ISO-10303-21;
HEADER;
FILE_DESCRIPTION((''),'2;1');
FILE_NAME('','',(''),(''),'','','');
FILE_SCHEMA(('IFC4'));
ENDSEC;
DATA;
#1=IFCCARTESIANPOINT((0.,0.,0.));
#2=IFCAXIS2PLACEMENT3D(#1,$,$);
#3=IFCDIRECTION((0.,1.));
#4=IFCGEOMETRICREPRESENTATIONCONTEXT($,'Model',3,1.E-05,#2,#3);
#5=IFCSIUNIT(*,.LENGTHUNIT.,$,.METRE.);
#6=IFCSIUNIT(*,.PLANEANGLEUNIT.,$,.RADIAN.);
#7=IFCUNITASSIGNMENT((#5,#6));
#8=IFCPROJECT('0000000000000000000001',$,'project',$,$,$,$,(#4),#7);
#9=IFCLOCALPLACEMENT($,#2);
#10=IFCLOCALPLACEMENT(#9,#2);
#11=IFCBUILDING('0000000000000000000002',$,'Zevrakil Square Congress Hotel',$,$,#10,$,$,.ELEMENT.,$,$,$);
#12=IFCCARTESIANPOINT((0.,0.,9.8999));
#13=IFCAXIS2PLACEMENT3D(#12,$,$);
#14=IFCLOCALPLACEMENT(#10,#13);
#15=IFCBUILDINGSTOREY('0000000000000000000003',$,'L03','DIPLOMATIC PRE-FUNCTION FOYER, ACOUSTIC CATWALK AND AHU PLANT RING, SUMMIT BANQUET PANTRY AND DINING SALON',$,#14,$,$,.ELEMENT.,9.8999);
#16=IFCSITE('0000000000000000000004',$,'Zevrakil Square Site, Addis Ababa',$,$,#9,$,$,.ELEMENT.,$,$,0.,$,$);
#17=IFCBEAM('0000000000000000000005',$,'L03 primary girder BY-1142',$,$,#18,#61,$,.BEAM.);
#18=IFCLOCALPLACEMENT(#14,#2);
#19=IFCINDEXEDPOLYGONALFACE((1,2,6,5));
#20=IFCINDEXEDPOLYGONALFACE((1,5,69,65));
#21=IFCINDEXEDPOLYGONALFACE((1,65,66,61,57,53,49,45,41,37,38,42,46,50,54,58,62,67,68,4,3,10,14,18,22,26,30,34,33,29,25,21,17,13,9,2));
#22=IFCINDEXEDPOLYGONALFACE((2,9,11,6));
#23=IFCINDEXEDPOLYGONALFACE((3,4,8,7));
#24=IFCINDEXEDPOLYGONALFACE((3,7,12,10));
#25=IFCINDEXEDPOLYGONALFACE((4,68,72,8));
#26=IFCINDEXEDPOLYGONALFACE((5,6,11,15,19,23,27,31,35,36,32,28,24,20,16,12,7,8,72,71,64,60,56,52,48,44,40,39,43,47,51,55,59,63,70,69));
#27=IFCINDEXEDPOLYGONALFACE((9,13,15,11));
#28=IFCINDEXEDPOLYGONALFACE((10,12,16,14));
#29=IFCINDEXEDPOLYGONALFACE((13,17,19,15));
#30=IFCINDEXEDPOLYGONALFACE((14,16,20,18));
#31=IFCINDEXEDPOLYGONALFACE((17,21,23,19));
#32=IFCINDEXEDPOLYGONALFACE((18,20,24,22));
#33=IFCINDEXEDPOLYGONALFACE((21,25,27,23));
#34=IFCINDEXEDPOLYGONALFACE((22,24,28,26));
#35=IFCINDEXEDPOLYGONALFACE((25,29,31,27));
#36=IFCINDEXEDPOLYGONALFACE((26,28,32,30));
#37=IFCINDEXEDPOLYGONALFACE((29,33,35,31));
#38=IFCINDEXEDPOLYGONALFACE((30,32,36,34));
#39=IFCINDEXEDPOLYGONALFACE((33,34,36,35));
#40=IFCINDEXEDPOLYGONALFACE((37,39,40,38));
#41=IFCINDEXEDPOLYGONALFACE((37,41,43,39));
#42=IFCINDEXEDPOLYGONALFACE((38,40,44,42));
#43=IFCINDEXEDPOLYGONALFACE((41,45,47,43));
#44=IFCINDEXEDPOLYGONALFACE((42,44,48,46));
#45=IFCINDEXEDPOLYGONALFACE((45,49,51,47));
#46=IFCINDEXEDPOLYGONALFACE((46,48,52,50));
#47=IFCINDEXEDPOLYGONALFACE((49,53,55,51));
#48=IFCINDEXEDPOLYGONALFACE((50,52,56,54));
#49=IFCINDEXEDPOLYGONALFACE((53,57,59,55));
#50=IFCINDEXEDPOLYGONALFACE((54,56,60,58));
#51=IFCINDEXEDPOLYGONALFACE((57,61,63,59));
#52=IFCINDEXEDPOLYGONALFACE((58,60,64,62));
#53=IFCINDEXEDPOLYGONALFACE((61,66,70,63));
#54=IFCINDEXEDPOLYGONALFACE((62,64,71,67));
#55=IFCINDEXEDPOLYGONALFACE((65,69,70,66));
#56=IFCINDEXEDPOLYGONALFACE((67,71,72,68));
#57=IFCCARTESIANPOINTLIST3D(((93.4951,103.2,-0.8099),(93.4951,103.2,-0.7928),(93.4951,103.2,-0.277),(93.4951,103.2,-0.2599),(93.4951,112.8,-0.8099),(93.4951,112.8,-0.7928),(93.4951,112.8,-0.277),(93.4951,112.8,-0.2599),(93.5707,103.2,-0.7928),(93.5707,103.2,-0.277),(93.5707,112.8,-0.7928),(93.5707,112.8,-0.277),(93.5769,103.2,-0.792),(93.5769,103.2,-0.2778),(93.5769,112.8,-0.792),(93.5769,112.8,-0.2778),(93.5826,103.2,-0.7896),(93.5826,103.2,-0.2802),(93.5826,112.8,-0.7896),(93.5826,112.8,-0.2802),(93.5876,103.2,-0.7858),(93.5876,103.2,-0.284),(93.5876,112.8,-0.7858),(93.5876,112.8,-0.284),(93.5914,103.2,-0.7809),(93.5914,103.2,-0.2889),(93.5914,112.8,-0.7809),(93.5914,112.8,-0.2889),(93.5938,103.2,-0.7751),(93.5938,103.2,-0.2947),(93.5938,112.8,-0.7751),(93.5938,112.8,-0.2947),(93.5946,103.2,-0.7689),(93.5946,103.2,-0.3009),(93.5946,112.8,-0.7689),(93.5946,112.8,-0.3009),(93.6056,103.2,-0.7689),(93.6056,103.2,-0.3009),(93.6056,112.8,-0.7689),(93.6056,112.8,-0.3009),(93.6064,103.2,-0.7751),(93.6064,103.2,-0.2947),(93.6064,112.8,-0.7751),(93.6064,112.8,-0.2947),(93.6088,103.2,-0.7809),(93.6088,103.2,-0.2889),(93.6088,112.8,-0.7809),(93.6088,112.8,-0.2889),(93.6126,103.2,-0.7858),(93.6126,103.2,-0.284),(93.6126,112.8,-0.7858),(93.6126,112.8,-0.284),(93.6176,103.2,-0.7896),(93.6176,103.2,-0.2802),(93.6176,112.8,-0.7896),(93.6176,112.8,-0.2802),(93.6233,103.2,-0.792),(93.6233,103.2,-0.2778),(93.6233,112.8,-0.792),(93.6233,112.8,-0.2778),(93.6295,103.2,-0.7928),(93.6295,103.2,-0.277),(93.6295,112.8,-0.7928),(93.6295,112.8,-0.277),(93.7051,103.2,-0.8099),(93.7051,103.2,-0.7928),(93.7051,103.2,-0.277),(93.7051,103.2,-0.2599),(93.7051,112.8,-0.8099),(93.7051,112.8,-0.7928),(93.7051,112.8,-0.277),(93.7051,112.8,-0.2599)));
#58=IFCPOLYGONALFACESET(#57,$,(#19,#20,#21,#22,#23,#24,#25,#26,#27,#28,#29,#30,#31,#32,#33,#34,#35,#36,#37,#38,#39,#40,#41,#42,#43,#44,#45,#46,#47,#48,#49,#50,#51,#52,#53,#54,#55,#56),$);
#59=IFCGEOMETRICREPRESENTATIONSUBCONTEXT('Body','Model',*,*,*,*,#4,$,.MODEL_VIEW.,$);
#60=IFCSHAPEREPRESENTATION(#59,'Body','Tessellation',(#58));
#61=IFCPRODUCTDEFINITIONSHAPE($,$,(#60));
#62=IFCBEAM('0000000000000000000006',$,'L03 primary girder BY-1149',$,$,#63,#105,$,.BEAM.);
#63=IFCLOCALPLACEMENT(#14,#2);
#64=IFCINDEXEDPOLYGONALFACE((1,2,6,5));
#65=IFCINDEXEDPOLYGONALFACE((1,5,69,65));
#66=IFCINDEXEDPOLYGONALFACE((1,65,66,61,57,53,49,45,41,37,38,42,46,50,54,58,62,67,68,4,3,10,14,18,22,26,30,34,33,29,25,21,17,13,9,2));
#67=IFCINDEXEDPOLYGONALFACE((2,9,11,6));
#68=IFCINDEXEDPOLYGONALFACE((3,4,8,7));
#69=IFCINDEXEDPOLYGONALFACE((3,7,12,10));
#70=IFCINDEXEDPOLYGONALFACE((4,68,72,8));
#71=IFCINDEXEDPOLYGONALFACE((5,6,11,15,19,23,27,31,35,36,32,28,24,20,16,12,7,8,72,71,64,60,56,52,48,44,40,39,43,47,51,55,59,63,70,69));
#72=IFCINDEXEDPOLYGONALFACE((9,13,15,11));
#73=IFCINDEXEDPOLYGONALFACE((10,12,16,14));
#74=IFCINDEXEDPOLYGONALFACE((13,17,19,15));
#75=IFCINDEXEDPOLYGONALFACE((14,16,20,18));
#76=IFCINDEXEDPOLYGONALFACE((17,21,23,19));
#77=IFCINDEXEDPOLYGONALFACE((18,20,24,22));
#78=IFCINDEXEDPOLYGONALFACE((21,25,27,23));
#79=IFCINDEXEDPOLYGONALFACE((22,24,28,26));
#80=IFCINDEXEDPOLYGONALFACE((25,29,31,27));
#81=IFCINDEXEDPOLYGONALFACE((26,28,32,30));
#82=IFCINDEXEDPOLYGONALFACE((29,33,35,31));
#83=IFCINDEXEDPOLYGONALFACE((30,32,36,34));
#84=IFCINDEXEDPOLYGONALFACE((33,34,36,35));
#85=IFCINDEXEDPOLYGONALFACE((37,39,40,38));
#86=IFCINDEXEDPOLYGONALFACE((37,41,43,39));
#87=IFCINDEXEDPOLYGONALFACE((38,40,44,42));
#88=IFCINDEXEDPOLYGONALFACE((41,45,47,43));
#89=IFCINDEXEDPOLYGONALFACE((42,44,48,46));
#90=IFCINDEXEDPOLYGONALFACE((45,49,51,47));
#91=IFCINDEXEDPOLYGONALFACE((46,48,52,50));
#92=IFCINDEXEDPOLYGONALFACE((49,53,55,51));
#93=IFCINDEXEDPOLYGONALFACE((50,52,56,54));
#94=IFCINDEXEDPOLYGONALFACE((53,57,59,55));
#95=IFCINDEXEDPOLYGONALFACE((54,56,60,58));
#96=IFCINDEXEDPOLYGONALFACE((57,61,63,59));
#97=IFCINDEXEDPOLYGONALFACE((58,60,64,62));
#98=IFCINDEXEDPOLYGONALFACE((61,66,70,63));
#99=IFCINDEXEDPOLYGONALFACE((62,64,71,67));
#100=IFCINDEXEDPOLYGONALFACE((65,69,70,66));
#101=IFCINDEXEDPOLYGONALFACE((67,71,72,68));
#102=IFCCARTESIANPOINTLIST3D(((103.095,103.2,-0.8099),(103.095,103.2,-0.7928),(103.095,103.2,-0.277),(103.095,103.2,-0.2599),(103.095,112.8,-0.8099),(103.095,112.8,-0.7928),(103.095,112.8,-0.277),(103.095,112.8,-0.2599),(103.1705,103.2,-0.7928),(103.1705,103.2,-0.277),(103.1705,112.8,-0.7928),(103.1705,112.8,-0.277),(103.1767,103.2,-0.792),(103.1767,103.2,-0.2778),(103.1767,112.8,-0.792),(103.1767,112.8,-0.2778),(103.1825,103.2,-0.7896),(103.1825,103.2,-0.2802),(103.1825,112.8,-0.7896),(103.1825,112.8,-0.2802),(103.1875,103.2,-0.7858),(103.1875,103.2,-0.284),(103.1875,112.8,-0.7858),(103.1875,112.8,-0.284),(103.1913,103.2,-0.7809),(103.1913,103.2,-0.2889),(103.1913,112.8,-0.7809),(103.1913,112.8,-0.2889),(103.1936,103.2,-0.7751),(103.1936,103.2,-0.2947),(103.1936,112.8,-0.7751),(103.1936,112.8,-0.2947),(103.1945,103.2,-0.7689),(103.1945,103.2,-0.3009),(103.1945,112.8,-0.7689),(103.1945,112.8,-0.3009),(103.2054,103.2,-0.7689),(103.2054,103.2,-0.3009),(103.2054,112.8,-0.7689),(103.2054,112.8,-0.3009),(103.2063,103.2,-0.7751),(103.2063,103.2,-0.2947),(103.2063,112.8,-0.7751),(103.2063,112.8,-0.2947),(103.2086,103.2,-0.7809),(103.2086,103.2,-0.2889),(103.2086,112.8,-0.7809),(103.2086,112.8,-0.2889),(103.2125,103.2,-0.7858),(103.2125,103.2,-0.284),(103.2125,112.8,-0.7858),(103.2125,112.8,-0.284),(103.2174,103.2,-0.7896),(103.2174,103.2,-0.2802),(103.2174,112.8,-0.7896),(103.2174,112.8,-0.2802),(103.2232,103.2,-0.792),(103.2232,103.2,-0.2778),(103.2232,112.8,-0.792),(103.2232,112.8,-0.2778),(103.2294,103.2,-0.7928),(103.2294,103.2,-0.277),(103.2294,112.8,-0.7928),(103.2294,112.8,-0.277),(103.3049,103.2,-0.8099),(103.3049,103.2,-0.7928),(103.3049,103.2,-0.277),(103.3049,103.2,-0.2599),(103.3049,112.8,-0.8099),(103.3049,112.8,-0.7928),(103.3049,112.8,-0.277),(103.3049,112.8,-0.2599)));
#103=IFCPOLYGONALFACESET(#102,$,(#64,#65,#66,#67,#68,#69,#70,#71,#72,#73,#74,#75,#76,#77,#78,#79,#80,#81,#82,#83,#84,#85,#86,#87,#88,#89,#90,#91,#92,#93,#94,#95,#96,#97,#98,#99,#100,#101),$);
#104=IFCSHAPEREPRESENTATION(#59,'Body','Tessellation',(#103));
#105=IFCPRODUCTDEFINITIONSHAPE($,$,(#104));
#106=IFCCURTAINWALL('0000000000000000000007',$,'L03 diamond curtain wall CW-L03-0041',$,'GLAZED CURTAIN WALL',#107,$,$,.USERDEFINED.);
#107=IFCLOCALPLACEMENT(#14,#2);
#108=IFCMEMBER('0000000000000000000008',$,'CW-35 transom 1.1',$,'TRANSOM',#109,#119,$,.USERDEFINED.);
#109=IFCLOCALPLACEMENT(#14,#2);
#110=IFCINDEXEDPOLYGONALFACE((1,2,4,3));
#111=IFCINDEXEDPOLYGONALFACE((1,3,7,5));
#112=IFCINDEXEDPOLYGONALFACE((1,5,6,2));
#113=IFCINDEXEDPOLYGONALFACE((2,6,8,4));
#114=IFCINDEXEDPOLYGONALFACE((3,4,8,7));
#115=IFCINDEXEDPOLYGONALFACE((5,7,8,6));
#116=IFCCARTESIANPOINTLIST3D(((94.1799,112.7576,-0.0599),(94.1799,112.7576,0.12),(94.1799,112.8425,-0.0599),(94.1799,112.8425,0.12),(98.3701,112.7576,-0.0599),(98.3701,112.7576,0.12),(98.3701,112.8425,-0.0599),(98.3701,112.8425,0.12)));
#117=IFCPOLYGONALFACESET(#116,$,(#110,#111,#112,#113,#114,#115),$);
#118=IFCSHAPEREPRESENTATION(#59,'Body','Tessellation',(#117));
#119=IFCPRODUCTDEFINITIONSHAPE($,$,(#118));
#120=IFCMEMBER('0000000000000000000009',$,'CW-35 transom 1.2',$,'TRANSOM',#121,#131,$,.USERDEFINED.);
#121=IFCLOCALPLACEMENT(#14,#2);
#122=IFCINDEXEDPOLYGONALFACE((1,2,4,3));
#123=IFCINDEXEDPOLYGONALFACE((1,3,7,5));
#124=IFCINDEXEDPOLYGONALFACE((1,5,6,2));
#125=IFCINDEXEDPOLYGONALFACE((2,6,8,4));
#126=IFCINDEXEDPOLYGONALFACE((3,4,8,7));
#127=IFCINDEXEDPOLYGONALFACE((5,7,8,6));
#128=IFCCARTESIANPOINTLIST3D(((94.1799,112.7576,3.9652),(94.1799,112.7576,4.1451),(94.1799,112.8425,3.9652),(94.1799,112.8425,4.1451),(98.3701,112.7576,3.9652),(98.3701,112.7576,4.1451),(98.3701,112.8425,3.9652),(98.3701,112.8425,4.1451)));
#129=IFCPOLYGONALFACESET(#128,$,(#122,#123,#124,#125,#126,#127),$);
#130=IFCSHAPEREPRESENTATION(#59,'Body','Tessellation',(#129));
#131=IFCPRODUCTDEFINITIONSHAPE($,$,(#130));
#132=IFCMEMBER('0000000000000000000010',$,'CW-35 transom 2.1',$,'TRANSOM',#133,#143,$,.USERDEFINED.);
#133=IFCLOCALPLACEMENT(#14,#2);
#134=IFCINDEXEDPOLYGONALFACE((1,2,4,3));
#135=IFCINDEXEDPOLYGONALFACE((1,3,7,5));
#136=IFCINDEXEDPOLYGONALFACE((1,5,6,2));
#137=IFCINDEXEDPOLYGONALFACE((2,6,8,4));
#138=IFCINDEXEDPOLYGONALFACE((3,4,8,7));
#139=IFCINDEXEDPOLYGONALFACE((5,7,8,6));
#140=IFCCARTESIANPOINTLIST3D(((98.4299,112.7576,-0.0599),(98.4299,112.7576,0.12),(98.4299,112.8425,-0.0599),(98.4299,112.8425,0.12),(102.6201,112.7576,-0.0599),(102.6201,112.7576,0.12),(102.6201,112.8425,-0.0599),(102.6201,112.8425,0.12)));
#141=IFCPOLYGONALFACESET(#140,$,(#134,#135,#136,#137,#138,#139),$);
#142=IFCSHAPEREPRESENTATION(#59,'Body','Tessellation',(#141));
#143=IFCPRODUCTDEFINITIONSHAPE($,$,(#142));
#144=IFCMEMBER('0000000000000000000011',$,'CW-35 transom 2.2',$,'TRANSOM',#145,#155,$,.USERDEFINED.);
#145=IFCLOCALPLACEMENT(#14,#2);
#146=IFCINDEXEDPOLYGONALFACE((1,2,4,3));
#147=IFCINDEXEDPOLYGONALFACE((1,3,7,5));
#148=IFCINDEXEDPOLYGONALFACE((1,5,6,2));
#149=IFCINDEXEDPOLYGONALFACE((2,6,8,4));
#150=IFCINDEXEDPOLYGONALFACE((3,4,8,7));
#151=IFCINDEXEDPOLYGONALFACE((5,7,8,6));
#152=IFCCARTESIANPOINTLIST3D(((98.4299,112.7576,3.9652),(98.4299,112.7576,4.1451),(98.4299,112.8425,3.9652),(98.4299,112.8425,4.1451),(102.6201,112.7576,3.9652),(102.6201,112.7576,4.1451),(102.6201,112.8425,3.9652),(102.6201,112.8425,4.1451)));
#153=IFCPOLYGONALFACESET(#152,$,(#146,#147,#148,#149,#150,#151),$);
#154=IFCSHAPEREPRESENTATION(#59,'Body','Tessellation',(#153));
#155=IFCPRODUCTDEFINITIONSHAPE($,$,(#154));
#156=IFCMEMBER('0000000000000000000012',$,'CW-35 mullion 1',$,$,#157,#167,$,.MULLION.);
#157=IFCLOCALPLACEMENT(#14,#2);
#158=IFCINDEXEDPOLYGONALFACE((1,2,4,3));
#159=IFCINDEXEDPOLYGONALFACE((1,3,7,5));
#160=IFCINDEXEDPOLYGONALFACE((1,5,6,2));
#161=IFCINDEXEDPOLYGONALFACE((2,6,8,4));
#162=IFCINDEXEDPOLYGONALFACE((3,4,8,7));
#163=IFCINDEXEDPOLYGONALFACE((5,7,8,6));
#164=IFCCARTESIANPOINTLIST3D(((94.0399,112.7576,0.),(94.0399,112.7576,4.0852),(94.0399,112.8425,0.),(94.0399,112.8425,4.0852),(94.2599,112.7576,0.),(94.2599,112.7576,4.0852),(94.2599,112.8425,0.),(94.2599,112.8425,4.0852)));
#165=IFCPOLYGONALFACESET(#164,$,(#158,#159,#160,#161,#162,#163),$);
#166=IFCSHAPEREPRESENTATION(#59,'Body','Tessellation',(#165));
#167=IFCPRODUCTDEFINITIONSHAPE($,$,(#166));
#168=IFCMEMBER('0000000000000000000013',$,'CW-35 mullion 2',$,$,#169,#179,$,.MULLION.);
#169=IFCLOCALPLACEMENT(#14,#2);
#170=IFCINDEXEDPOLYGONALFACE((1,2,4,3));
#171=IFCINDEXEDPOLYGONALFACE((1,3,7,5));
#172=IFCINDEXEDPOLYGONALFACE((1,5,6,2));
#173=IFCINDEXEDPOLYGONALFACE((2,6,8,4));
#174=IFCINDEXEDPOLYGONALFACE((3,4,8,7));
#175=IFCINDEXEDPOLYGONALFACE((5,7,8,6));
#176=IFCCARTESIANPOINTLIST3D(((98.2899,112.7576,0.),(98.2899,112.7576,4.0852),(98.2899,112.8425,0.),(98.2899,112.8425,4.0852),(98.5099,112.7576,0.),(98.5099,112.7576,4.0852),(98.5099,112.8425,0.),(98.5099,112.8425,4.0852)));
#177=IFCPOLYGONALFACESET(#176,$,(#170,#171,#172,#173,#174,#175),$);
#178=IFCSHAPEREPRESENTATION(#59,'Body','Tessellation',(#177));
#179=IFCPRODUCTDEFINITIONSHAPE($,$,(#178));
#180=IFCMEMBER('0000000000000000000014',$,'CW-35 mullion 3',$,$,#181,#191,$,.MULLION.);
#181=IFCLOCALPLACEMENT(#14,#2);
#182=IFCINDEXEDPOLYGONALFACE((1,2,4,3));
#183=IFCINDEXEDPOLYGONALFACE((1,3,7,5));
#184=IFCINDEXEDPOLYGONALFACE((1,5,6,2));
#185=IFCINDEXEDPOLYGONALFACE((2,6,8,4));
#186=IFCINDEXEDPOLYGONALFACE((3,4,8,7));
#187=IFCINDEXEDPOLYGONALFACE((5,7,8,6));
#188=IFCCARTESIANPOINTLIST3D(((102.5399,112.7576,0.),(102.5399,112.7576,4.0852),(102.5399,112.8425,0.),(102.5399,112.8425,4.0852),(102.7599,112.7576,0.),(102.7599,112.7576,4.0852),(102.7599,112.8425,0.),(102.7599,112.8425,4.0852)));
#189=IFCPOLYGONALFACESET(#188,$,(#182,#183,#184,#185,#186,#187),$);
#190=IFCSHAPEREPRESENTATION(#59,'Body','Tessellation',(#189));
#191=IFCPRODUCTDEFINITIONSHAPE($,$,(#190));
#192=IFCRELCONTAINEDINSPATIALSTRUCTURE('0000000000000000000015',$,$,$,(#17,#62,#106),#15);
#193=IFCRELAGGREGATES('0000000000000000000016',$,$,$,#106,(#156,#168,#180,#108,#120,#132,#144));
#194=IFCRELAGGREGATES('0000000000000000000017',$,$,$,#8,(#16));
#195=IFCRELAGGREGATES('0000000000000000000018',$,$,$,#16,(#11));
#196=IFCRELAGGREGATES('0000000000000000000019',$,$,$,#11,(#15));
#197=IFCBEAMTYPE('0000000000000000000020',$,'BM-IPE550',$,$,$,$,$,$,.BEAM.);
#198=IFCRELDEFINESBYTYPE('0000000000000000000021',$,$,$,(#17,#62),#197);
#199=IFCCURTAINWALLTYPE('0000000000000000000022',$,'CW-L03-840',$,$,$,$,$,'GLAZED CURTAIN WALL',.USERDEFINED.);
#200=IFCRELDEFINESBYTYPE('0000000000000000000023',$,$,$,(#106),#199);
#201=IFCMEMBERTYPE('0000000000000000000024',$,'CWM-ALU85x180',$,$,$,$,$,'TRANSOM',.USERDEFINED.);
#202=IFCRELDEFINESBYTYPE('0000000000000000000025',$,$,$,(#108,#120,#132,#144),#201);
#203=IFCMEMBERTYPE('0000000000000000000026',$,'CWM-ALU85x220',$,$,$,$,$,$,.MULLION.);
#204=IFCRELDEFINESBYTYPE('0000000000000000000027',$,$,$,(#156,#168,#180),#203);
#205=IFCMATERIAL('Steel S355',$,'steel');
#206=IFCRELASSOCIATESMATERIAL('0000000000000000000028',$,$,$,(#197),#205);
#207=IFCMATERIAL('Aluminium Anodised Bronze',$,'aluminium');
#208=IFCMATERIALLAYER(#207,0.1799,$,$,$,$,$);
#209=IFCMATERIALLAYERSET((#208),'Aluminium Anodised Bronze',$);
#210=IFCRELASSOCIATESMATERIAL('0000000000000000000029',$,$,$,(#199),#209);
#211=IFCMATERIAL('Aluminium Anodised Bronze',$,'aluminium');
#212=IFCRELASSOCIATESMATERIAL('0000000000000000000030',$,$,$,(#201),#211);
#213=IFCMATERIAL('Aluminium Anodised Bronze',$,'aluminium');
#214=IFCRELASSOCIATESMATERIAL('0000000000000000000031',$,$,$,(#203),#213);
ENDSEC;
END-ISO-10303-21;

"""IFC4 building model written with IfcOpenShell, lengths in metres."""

from ifc_helpers import new_model, si_unit, direction, frame, origin, origin_2d, place, context, subcontext, project, spatial, rectangle, i_section, extrude, material, layer, layer_set, material_profile, profile_set, type_object, element, aggregate, save


model = new_model("IFC4")

# Units and contexts
model_context = context("Model", 3, precision=1e-05, world=origin(), true_north=direction((0.0, 1.0)))
body_context = subcontext(model_context, "Body", "Model", "MODEL_VIEW")
ifc_project = project(units=[si_unit("LENGTHUNIT", "METRE"), si_unit("PLANEANGLEUNIT", "RADIAN")], contexts=[model_context])

# Site, building, storey
site_placement = place(None, origin())
site = spatial("IfcSite", under=ifc_project, at=site_placement, Name="Zevrakil Square Site, Addis Ababa", CompositionType="ELEMENT", RefElevation=0.0)
building_placement = place(site_placement, origin())
building = spatial("IfcBuilding", under=site, at=building_placement, Name="Zevrakil Square Congress Hotel", CompositionType="ELEMENT")
storey_placement = place(building_placement, frame((0.0, 0.0, 9.8999)))
storey = spatial("IfcBuildingStorey", under=building, at=storey_placement, Name="L03", Description="DIPLOMATIC PRE-FUNCTION FOYER, ACOUSTIC CATWALK AND AHU PLANT RING, SUMMIT BANQUET PANTRY AND DINING SALON", CompositionType="ELEMENT", Elevation=9.8999)

# Beams
ifc_material_1 = material(Name="Steel S355", Category="steel")
ifc_material_profile_1 = material_profile(ifc_material_1, i_section(OverallWidth=0.21, OverallDepth=0.55, WebThickness=0.011, FlangeThickness=0.0171, FilletRadius=0.0239, at=origin_2d()), Name="IPE 550")
ifc_profile_set_1 = profile_set([ifc_material_profile_1], Name="Steel S355")
beam_type_1 = type_object("IfcBeamType", Name="BM-IPE550", PredefinedType="BEAM", material=ifc_profile_set_1)
for number, where, z_axis, x_axis, name in (
    (1, (93.6001, 103.2, -0.5349), (0.0, 1.0, 0.0), (-1.0, 0.0, 0.0), "L03 primary girder BY-1142"),
    (2, (103.2, 103.2, -0.5349), (0.0, 1.0, 0.0), (-1.0, 0.0, 0.0), "L03 primary girder BY-1149"),
):
    element("IfcBeam", number, at=place(storey_placement, frame(where, z_axis=z_axis, x_axis=x_axis)), inside=storey, type_object=beam_type_1, Name=name, PredefinedType="BEAM", context=body_context, shape_type="SweptSolid", body=[
        extrude(i_section(OverallWidth=0.21, OverallDepth=0.55, WebThickness=0.011, FlangeThickness=0.0171, FilletRadius=0.0239, at=origin_2d()), origin(), (0.0, 0.0, 1.0), 9.6001),
    ])

# Curtain wall, members
ifc_material_2 = material(Name="Aluminium Anodised Bronze", Category="aluminium")
ifc_layer_1 = layer(ifc_material_2, 0.1799)
ifc_layer_set_1 = layer_set([ifc_layer_1], Name="Aluminium Anodised Bronze")
curtain_wall_type = type_object("IfcCurtainWallType", Name="CW-L03-840", ElementType="GLAZED CURTAIN WALL", PredefinedType="USERDEFINED", material=ifc_layer_set_1)
curtain_wall_placement = place(storey_placement, origin())
curtain_wall = element("IfcCurtainWall", 3, at=curtain_wall_placement, inside=storey, type_object=curtain_wall_type, Name="L03 diamond curtain wall CW-L03-0041", ObjectType="GLAZED CURTAIN WALL", PredefinedType="USERDEFINED")
ifc_material_3 = material(Name="Aluminium Anodised Bronze", Category="aluminium")
ifc_material_profile_2 = material_profile(ifc_material_3, rectangle(XDim=0.085, YDim=0.1799, at=origin_2d()), Name="ALU 85x180")
ifc_profile_set_2 = profile_set([ifc_material_profile_2], Name="Aluminium Anodised Bronze")
member_type_1 = type_object("IfcMemberType", Name="CWM-ALU85x180", ElementType="TRANSOM", PredefinedType="USERDEFINED", material=ifc_profile_set_2)
member_1_placement = place(storey_placement, frame((94.1799, 112.8, 0.03), z_axis=(1.0, 0.0, 0.0), x_axis=(0.0, 1.0, 0.0)))
member_1 = element("IfcMember", 4, at=member_1_placement, type_object=member_type_1, Name="CW-35 transom 1.1", ObjectType="TRANSOM", PredefinedType="USERDEFINED", context=body_context, shape_type="SweptSolid", body=[
    extrude(rectangle(XDim=0.085, YDim=0.1799, at=origin_2d()), origin(), (0.0, 0.0, 1.0), 4.1902),
])
member_2_placement = place(storey_placement, frame((94.1799, 112.8, 4.0552), z_axis=(1.0, 0.0, 0.0), x_axis=(0.0, 1.0, 0.0)))
member_2 = element("IfcMember", 5, at=member_2_placement, type_object=member_type_1, Name="CW-35 transom 1.2", ObjectType="TRANSOM", PredefinedType="USERDEFINED", context=body_context, shape_type="SweptSolid", body=[
    extrude(rectangle(XDim=0.085, YDim=0.1799, at=origin_2d()), origin(), (0.0, 0.0, 1.0), 4.1902),
])
member_3_placement = place(storey_placement, frame((98.4299, 112.8, 0.03), z_axis=(1.0, 0.0, 0.0), x_axis=(0.0, 1.0, 0.0)))
member_3 = element("IfcMember", 6, at=member_3_placement, type_object=member_type_1, Name="CW-35 transom 2.1", ObjectType="TRANSOM", PredefinedType="USERDEFINED", context=body_context, shape_type="SweptSolid", body=[
    extrude(rectangle(XDim=0.085, YDim=0.1799, at=origin_2d()), origin(), (0.0, 0.0, 1.0), 4.1902),
])
member_4_placement = place(storey_placement, frame((98.4299, 112.8, 4.0552), z_axis=(1.0, 0.0, 0.0), x_axis=(0.0, 1.0, 0.0)))
member_4 = element("IfcMember", 7, at=member_4_placement, type_object=member_type_1, Name="CW-35 transom 2.2", ObjectType="TRANSOM", PredefinedType="USERDEFINED", context=body_context, shape_type="SweptSolid", body=[
    extrude(rectangle(XDim=0.085, YDim=0.1799, at=origin_2d()), origin(), (0.0, 0.0, 1.0), 4.1902),
])
ifc_material_4 = material(Name="Aluminium Anodised Bronze", Category="aluminium")
ifc_material_profile_3 = material_profile(ifc_material_4, rectangle(XDim=0.085, YDim=0.22, at=origin_2d()), Name="ALU 85x220")
ifc_profile_set_3 = profile_set([ifc_material_profile_3], Name="Aluminium Anodised Bronze")
member_type_2 = type_object("IfcMemberType", Name="CWM-ALU85x220", PredefinedType="MULLION", material=ifc_profile_set_3)
member_5_placement = place(storey_placement, frame((94.1499, 112.8, 0.0), z_axis=(0.0, 0.0, 1.0), x_axis=(0.0, 1.0, 0.0)))
member_5 = element("IfcMember", 8, at=member_5_placement, type_object=member_type_2, Name="CW-35 mullion 1", PredefinedType="MULLION", context=body_context, shape_type="SweptSolid", body=[
    extrude(rectangle(XDim=0.085, YDim=0.22, at=origin_2d()), origin(), (0.0, 0.0, 1.0), 4.0852),
])
member_6_placement = place(storey_placement, frame((98.3999, 112.8, 0.0), z_axis=(0.0, 0.0, 1.0), x_axis=(0.0, 1.0, 0.0)))
member_6 = element("IfcMember", 9, at=member_6_placement, type_object=member_type_2, Name="CW-35 mullion 2", PredefinedType="MULLION", context=body_context, shape_type="SweptSolid", body=[
    extrude(rectangle(XDim=0.085, YDim=0.22, at=origin_2d()), origin(), (0.0, 0.0, 1.0), 4.0852),
])
member_7_placement = place(storey_placement, frame((102.6499, 112.8, 0.0), z_axis=(0.0, 0.0, 1.0), x_axis=(0.0, 1.0, 0.0)))
member_7 = element("IfcMember", 10, at=member_7_placement, type_object=member_type_2, Name="CW-35 mullion 3", PredefinedType="MULLION", context=body_context, shape_type="SweptSolid", body=[
    extrude(rectangle(XDim=0.085, YDim=0.22, at=origin_2d()), origin(), (0.0, 0.0, 1.0), 4.0852),
])
aggregate(curtain_wall, [member_5, member_6, member_7, member_1, member_2, member_3, member_4])

save(model, "model.ifc")
